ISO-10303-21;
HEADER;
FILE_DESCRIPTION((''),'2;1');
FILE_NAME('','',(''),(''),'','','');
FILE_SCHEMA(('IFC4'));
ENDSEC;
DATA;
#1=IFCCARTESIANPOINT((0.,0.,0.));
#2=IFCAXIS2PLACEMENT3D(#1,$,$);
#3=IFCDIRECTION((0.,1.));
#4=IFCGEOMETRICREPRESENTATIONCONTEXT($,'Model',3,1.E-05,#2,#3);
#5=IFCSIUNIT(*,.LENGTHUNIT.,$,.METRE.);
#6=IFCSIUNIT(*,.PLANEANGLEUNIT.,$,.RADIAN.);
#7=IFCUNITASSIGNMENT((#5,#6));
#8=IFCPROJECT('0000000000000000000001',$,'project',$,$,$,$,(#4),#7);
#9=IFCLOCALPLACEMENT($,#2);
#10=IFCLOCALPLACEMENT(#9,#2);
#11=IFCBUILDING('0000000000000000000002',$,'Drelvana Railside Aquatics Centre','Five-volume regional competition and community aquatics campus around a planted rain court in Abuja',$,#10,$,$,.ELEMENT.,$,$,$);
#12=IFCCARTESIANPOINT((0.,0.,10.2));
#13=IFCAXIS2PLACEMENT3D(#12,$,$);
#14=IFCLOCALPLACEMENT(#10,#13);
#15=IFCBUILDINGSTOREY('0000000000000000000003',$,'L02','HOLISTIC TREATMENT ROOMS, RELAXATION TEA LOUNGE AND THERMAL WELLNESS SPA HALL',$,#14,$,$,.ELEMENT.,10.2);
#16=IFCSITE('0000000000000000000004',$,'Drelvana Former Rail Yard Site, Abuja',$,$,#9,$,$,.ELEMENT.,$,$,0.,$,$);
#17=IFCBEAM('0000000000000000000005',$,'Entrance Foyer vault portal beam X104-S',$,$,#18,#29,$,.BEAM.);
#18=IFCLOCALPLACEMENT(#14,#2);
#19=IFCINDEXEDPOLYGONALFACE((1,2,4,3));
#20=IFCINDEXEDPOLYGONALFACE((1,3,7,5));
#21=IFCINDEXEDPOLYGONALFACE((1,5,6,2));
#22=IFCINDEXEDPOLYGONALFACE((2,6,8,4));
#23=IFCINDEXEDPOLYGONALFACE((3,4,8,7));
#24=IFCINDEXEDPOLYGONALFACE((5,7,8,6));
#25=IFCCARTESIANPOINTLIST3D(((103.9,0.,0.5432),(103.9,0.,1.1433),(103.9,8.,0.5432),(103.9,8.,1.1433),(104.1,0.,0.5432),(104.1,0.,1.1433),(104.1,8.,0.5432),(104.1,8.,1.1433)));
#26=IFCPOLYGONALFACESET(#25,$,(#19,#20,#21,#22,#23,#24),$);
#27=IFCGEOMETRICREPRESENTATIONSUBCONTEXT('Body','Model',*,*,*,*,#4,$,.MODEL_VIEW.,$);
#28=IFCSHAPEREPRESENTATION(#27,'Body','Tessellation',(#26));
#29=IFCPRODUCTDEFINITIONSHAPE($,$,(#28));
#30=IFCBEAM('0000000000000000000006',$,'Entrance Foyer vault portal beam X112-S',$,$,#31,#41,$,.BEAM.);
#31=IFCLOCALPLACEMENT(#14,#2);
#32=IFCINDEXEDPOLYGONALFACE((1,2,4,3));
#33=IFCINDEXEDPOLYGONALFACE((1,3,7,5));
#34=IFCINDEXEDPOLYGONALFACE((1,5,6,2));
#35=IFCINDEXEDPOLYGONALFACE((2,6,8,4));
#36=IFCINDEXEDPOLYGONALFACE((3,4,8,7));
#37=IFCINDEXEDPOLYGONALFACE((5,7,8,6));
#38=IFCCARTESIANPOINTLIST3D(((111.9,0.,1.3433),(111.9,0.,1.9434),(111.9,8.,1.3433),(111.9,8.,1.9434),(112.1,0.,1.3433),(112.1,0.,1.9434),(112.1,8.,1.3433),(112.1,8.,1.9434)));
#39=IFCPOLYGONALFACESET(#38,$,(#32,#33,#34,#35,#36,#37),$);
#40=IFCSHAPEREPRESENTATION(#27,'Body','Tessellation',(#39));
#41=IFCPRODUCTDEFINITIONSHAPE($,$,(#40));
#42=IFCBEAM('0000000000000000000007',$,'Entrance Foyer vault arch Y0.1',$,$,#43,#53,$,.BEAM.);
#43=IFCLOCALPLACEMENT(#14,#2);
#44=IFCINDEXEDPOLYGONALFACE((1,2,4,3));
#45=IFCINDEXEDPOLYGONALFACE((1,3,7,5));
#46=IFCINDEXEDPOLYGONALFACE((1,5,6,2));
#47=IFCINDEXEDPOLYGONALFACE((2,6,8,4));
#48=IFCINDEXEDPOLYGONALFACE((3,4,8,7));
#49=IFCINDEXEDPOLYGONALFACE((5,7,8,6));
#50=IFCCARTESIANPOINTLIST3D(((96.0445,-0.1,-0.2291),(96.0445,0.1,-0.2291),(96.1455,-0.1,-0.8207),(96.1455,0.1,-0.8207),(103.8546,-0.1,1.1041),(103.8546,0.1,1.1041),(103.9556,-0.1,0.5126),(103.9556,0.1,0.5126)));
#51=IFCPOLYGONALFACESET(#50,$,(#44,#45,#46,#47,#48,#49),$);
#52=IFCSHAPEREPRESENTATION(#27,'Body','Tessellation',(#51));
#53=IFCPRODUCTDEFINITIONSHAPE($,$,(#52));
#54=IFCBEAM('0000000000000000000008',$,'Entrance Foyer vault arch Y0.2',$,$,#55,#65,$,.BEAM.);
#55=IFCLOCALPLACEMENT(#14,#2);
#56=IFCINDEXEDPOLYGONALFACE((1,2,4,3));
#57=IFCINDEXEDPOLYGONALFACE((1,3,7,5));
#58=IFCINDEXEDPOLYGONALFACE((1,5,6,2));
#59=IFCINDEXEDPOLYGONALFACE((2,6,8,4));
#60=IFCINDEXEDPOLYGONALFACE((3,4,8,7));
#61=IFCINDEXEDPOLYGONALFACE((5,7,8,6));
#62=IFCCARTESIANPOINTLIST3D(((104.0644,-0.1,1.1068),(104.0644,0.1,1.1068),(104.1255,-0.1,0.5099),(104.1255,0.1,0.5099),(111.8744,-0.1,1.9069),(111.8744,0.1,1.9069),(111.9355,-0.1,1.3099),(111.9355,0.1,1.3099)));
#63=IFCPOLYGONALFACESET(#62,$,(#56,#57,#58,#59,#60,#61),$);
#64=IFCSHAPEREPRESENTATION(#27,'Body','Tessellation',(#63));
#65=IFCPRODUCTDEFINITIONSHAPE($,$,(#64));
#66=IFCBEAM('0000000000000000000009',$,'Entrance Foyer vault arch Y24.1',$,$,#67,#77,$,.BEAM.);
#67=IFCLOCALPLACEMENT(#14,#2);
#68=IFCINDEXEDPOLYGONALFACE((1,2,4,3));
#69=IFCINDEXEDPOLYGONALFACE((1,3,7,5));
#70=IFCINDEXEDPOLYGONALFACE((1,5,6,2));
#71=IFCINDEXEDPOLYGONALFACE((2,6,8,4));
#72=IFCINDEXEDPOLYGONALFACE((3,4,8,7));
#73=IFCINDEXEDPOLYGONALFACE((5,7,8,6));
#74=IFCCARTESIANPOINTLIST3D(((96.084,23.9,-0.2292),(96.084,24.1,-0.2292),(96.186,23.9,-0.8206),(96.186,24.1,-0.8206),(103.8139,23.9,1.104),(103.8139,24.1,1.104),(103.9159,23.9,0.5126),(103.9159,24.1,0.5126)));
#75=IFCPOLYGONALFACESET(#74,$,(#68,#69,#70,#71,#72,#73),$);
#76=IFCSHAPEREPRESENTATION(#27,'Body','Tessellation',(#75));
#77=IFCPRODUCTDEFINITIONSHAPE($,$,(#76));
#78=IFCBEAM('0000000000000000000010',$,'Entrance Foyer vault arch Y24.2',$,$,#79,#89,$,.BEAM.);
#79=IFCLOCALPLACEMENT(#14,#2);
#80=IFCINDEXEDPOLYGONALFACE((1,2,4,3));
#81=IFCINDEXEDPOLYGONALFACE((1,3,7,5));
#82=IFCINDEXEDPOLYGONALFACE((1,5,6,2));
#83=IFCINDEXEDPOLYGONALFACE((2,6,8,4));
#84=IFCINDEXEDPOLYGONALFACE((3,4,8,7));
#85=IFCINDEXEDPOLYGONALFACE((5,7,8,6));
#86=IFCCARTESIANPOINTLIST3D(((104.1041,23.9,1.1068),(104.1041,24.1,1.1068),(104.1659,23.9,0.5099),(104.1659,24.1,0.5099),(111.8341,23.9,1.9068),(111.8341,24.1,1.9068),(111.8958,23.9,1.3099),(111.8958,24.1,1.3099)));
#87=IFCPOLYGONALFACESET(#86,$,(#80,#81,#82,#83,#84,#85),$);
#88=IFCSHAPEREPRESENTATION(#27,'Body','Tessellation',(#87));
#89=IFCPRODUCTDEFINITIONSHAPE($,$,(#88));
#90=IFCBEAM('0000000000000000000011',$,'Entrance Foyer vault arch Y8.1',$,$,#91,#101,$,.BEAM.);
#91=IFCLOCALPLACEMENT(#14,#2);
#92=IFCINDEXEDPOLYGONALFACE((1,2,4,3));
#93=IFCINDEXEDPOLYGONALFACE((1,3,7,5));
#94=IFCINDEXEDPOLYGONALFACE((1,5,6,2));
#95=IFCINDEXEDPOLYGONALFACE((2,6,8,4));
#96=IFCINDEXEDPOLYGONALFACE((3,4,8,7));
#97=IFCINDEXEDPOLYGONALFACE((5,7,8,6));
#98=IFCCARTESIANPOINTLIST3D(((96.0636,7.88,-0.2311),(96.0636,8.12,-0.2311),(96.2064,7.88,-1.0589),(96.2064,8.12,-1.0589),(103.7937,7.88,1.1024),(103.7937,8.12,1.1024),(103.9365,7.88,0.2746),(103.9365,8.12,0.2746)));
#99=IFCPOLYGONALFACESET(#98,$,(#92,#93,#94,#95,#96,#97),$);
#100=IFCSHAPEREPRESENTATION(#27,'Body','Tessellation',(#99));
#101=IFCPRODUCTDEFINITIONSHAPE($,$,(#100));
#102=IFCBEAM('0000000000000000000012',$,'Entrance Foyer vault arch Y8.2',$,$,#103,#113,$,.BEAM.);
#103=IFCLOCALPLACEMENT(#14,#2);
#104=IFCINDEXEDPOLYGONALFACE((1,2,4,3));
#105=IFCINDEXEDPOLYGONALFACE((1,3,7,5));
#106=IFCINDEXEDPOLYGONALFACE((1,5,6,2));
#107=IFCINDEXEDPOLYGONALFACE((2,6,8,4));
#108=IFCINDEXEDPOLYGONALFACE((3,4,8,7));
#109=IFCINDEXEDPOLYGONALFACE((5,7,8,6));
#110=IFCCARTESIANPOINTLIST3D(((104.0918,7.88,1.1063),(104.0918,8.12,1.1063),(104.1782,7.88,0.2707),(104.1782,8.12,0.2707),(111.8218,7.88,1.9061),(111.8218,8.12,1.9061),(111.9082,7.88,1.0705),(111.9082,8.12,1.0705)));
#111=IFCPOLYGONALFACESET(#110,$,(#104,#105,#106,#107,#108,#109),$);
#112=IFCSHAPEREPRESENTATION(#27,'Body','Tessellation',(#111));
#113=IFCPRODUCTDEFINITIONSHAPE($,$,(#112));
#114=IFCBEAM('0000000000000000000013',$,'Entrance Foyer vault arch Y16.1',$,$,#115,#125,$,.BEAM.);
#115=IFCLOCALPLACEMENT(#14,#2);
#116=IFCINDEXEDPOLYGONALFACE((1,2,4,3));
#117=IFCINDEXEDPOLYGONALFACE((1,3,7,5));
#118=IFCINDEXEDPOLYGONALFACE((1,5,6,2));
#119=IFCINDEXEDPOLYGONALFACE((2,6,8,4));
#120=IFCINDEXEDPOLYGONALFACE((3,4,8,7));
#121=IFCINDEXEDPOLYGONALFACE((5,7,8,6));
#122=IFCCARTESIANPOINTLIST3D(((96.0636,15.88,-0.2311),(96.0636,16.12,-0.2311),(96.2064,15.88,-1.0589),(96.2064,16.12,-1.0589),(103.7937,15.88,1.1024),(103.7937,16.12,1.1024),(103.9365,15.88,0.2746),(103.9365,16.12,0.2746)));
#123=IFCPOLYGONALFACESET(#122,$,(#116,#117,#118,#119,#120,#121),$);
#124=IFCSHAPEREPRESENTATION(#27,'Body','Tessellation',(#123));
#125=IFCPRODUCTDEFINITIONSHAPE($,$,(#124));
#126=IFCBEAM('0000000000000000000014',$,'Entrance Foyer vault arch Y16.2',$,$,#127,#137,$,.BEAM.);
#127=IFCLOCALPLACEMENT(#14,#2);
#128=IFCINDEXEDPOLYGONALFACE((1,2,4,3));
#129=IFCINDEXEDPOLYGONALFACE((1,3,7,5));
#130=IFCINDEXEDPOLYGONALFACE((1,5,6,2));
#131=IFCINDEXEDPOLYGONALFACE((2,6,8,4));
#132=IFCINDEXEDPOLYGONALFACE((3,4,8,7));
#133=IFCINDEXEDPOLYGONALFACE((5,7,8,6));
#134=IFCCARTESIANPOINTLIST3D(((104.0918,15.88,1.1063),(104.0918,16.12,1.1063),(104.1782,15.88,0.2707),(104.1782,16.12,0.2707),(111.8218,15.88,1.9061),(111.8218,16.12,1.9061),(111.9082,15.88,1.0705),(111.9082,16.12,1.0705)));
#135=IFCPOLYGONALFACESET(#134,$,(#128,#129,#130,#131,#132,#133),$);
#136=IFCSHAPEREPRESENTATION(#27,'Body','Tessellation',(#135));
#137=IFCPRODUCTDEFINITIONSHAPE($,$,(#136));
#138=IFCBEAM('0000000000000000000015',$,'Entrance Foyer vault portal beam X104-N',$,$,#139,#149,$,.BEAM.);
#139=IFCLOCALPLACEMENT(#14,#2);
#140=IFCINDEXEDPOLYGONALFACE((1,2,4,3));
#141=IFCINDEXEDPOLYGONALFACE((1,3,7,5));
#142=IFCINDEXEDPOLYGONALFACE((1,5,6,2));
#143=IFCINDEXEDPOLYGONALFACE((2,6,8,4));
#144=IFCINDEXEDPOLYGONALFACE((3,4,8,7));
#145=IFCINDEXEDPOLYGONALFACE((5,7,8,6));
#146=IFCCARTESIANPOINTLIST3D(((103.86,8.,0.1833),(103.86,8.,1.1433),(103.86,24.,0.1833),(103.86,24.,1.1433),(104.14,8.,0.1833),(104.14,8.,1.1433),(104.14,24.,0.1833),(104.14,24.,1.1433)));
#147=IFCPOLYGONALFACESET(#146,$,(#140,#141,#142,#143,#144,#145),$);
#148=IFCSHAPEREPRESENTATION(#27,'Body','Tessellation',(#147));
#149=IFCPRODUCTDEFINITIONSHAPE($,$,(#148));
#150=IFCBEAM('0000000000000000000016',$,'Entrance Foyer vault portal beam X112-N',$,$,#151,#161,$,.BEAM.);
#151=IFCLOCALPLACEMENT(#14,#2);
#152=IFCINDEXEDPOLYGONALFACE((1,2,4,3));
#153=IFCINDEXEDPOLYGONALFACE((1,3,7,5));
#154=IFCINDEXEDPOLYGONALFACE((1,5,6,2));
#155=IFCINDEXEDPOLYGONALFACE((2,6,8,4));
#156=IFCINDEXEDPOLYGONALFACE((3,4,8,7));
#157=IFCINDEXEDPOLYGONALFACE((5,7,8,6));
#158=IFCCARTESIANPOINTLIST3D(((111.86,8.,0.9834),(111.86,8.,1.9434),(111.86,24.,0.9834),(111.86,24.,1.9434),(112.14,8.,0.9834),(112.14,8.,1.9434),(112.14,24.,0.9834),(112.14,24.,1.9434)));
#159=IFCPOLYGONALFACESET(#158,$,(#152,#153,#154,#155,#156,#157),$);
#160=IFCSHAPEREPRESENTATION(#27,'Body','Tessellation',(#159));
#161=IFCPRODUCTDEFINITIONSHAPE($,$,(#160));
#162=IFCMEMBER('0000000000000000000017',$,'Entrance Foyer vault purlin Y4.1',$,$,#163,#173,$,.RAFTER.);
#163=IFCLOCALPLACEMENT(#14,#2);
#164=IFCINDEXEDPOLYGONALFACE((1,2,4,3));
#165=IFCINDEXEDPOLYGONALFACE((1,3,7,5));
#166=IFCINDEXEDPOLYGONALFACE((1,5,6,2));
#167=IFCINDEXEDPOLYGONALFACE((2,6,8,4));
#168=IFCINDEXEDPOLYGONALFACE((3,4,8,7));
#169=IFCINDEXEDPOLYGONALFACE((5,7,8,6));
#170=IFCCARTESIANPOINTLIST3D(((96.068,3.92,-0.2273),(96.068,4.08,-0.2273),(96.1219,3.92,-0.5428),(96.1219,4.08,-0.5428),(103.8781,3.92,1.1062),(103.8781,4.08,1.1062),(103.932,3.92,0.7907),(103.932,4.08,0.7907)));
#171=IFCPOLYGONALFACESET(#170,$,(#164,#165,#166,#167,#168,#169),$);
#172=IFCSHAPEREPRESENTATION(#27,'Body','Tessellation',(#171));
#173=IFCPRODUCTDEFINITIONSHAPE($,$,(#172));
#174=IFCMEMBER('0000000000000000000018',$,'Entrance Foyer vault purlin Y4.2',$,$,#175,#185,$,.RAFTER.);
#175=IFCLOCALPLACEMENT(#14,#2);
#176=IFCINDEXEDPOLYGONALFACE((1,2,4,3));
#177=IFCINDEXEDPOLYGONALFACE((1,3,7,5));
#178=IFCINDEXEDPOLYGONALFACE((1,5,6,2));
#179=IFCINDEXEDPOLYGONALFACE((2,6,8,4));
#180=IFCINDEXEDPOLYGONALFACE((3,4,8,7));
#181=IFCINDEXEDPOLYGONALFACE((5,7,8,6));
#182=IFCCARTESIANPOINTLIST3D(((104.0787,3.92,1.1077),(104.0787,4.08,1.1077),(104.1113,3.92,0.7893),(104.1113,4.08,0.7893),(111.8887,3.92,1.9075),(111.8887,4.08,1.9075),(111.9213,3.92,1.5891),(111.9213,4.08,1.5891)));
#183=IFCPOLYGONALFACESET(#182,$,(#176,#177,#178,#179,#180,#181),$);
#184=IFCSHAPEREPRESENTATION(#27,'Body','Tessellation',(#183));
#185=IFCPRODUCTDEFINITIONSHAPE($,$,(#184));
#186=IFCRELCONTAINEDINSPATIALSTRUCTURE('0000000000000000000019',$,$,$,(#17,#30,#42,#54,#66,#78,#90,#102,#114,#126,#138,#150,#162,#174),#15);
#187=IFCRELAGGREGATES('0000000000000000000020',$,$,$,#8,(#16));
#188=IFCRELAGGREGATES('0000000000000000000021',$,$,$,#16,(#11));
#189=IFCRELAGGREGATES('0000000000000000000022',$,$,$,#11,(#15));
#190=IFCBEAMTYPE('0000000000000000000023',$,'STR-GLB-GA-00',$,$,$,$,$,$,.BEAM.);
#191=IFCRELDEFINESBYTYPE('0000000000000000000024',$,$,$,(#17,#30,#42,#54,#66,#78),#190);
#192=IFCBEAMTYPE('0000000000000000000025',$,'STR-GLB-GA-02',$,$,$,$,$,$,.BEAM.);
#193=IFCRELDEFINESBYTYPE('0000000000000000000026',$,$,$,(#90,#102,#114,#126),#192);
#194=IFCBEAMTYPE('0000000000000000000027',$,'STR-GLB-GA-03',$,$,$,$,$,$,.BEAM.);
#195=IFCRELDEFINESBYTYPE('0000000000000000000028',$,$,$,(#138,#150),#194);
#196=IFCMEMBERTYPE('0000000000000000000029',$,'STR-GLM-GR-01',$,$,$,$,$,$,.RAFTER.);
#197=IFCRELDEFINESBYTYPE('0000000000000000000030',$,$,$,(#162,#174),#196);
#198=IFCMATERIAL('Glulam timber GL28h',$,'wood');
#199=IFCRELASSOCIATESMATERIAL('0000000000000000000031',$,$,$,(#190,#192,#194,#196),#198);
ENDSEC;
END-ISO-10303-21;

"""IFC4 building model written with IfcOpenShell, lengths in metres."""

from ifc_helpers import new_model, si_unit, direction, frame, origin, origin_2d, place, context, subcontext, project, spatial, rectangle, extrude, material, material_profile, profile_set, type_object, element, save


model = new_model("IFC4")

# Units and contexts
model_context = context("Model", 3, precision=1e-05, world=origin(), true_north=direction((0.0, 1.0)))
body_context = subcontext(model_context, "Body", "Model", "MODEL_VIEW")
ifc_project = project(units=[si_unit("LENGTHUNIT", "METRE"), si_unit("PLANEANGLEUNIT", "RADIAN")], contexts=[model_context])

# Site, building, storey
site_placement = place(None, origin())
site = spatial("IfcSite", under=ifc_project, at=site_placement, Name="Drelvana Former Rail Yard Site, Abuja", CompositionType="ELEMENT", RefElevation=0.0)
building_placement = place(site_placement, origin())
building = spatial("IfcBuilding", under=site, at=building_placement, Name="Drelvana Railside Aquatics Centre", Description="Five-volume regional competition and community aquatics campus around a planted rain court in Abuja", CompositionType="ELEMENT")
storey_placement = place(building_placement, frame((0.0, 0.0, 10.2)))
storey = spatial("IfcBuildingStorey", under=building, at=storey_placement, Name="L02", Description="HOLISTIC TREATMENT ROOMS, RELAXATION TEA LOUNGE AND THERMAL WELLNESS SPA HALL", CompositionType="ELEMENT", Elevation=10.2)

# Beams
ifc_material_1 = material(Name="Glulam timber GL28h", Category="wood")
ifc_material_profile_1 = material_profile(ifc_material_1, rectangle(XDim=0.2, YDim=0.6001, at=origin_2d()), Name="GL28h 200x600")
ifc_profile_set_1 = profile_set([ifc_material_profile_1], Name="Glulam timber GL28h")
beam_type_1 = type_object("IfcBeamType", Name="STR-GLB-GA-00", PredefinedType="BEAM", material=ifc_profile_set_1)
for number, where, z_axis, x_axis, name in (
    (1, (104.0, 0.0, 0.8433), (0.0, 1.0, 0.0), (-1.0, 0.0, 0.0), "Entrance Foyer vault portal beam X104-S"),
    (2, (112.0, 0.0, 1.6433), (0.0, 1.0, 0.0), (-1.0, 0.0, 0.0), "Entrance Foyer vault portal beam X112-S"),
):
    element("IfcBeam", number, at=place(storey_placement, frame(where, z_axis=z_axis, x_axis=x_axis)), inside=storey, type_object=beam_type_1, Name=name, PredefinedType="BEAM", context=body_context, shape_type="SweptSolid", body=[
        extrude(rectangle(XDim=0.2, YDim=0.6001, at=origin_2d()), origin(), (0.0, 0.0, 1.0), 8.0),
    ])
beam_1_placement = place(storey_placement, frame((96.095, 0.0, -0.5249), z_axis=(0.98574, 0.0, 0.168275), x_axis=(0.0, 1.0, 0.0)))
element("IfcBeam", 3, at=beam_1_placement, inside=storey, type_object=beam_type_1, Name="Entrance Foyer vault arch Y0.1", PredefinedType="BEAM", context=body_context, shape_type="SweptSolid", body=[
    extrude(rectangle(XDim=0.2, YDim=0.6001, at=origin_2d()), origin(), (0.0, 0.0, 1.0), 7.9231),
])
beam_2_placement = place(storey_placement, frame((104.095, 0.0, 0.8083), z_axis=(0.994794, 0.0, 0.101905), x_axis=(0.0, 1.0, 0.0)))
element("IfcBeam", 4, at=beam_2_placement, inside=storey, type_object=beam_type_1, Name="Entrance Foyer vault arch Y0.2", PredefinedType="BEAM", context=body_context, shape_type="SweptSolid", body=[
    extrude(rectangle(XDim=0.2, YDim=0.6001, at=origin_2d()), origin(), (0.0, 0.0, 1.0), 7.8508),
])
beam_3_placement = place(storey_placement, frame((96.135, 24.0, -0.5249), z_axis=(0.98545, 0.0, 0.169968), x_axis=(0.0, 1.0, 0.0)))
element("IfcBeam", 5, at=beam_3_placement, inside=storey, type_object=beam_type_1, Name="Entrance Foyer vault arch Y24.1", PredefinedType="BEAM", context=body_context, shape_type="SweptSolid", body=[
    extrude(rectangle(XDim=0.2, YDim=0.6001, at=origin_2d()), origin(), (0.0, 0.0, 1.0), 7.844),
])
beam_4_placement = place(storey_placement, frame((104.135, 24.0, 0.8083), z_axis=(0.994687, 0.0, 0.10295), x_axis=(0.0, 1.0, 0.0)))
element("IfcBeam", 6, at=beam_4_placement, inside=storey, type_object=beam_type_1, Name="Entrance Foyer vault arch Y24.2", PredefinedType="BEAM", context=body_context, shape_type="SweptSolid", body=[
    extrude(rectangle(XDim=0.2, YDim=0.6001, at=origin_2d()), origin(), (0.0, 0.0, 1.0), 7.7712),
])
ifc_material_profile_2 = material_profile(ifc_material_1, rectangle(XDim=0.24, YDim=0.8401, at=origin_2d()), Name="GL28h 240x840")
ifc_profile_set_2 = profile_set([ifc_material_profile_2], Name="Glulam timber GL28h")
beam_type_2 = type_object("IfcBeamType", Name="STR-GLB-GA-02", PredefinedType="BEAM", material=ifc_profile_set_2)
beam_5_placement = place(storey_placement, frame((96.135, 8.0, -0.645), z_axis=(0.985444, 0.0, 0.169999), x_axis=(0.0, 1.0, 0.0)))
element("IfcBeam", 7, at=beam_5_placement, inside=storey, type_object=beam_type_2, Name="Entrance Foyer vault arch Y8.1", PredefinedType="BEAM", context=body_context, shape_type="SweptSolid", body=[
    extrude(rectangle(XDim=0.24, YDim=0.8401, at=origin_2d()), origin(), (0.0, 0.0, 1.0), 7.8442),
])
beam_6_placement = place(storey_placement, frame((104.135, 8.0, 0.6885), z_axis=(0.99469, 0.0, 0.102918), x_axis=(0.0, 1.0, 0.0)))
element("IfcBeam", 8, at=beam_6_placement, inside=storey, type_object=beam_type_2, Name="Entrance Foyer vault arch Y8.2", PredefinedType="BEAM", context=body_context, shape_type="SweptSolid", body=[
    extrude(rectangle(XDim=0.24, YDim=0.8401, at=origin_2d()), origin(), (0.0, 0.0, 1.0), 7.7712),
])
beam_7_placement = place(storey_placement, frame((96.135, 16.0, -0.645), z_axis=(0.985444, 0.0, 0.169999), x_axis=(0.0, 1.0, 0.0)))
element("IfcBeam", 9, at=beam_7_placement, inside=storey, type_object=beam_type_2, Name="Entrance Foyer vault arch Y16.1", PredefinedType="BEAM", context=body_context, shape_type="SweptSolid", body=[
    extrude(rectangle(XDim=0.24, YDim=0.8401, at=origin_2d()), origin(), (0.0, 0.0, 1.0), 7.8442),
])
beam_8_placement = place(storey_placement, frame((104.135, 16.0, 0.6885), z_axis=(0.99469, 0.0, 0.102918), x_axis=(0.0, 1.0, 0.0)))
element("IfcBeam", 10, at=beam_8_placement, inside=storey, type_object=beam_type_2, Name="Entrance Foyer vault arch Y16.2", PredefinedType="BEAM", context=body_context, shape_type="SweptSolid", body=[
    extrude(rectangle(XDim=0.24, YDim=0.8401, at=origin_2d()), origin(), (0.0, 0.0, 1.0), 7.7712),
])
ifc_material_profile_3 = material_profile(ifc_material_1, rectangle(XDim=0.28, YDim=0.96, at=origin_2d()), Name="GL28h 280x960")
ifc_profile_set_3 = profile_set([ifc_material_profile_3], Name="Glulam timber GL28h")
beam_type_3 = type_object("IfcBeamType", Name="STR-GLB-GA-03", PredefinedType="BEAM", material=ifc_profile_set_3)
for number, where, z_axis, x_axis, name in (
    (11, (104.0, 8.0, 0.6633), (0.0, 1.0, 0.0), (-1.0, 0.0, 0.0), "Entrance Foyer vault portal beam X104-N"),
    (12, (112.0, 8.0, 1.4634), (0.0, 1.0, 0.0), (-1.0, 0.0, 0.0), "Entrance Foyer vault portal beam X112-N"),
):
    element("IfcBeam", number, at=place(storey_placement, frame(where, z_axis=z_axis, x_axis=x_axis)), inside=storey, type_object=beam_type_3, Name=name, PredefinedType="BEAM", context=body_context, shape_type="SweptSolid", body=[
        extrude(rectangle(XDim=0.28, YDim=0.96, at=origin_2d()), origin(), (0.0, 0.0, 1.0), 16.0),
    ])

# Members
ifc_material_profile_4 = material_profile(ifc_material_1, rectangle(XDim=0.1599, YDim=0.3201, at=origin_2d()), Name="GL28h 160x320")
ifc_profile_set_4 = profile_set([ifc_material_profile_4], Name="Glulam timber GL28h")
member_type_1 = type_object("IfcMemberType", Name="STR-GLM-GR-01", PredefinedType="RAFTER", material=ifc_profile_set_4)
member_1_placement = place(storey_placement, frame((96.095, 4.0, -0.385), z_axis=(0.985735, 0.0, 0.168305), x_axis=(0.0, 1.0, 0.0)))
element("IfcMember", 13, at=member_1_placement, inside=storey, type_object=member_type_1, Name="Entrance Foyer vault purlin Y4.1", PredefinedType="RAFTER", context=body_context, shape_type="SweptSolid", body=[
    extrude(rectangle(XDim=0.1599, YDim=0.3201, at=origin_2d()), origin(), (0.0, 0.0, 1.0), 7.9231),
])
member_2_placement = place(storey_placement, frame((104.095, 4.0, 0.9485), z_axis=(0.994797, 0.0, 0.101874), x_axis=(0.0, 1.0, 0.0)))
element("IfcMember", 14, at=member_2_placement, inside=storey, type_object=member_type_1, Name="Entrance Foyer vault purlin Y4.2", PredefinedType="RAFTER", context=body_context, shape_type="SweptSolid", body=[
    extrude(rectangle(XDim=0.1599, YDim=0.3201, at=origin_2d()), origin(), (0.0, 0.0, 1.0), 7.8508),
])

save(model, "model.ifc")
